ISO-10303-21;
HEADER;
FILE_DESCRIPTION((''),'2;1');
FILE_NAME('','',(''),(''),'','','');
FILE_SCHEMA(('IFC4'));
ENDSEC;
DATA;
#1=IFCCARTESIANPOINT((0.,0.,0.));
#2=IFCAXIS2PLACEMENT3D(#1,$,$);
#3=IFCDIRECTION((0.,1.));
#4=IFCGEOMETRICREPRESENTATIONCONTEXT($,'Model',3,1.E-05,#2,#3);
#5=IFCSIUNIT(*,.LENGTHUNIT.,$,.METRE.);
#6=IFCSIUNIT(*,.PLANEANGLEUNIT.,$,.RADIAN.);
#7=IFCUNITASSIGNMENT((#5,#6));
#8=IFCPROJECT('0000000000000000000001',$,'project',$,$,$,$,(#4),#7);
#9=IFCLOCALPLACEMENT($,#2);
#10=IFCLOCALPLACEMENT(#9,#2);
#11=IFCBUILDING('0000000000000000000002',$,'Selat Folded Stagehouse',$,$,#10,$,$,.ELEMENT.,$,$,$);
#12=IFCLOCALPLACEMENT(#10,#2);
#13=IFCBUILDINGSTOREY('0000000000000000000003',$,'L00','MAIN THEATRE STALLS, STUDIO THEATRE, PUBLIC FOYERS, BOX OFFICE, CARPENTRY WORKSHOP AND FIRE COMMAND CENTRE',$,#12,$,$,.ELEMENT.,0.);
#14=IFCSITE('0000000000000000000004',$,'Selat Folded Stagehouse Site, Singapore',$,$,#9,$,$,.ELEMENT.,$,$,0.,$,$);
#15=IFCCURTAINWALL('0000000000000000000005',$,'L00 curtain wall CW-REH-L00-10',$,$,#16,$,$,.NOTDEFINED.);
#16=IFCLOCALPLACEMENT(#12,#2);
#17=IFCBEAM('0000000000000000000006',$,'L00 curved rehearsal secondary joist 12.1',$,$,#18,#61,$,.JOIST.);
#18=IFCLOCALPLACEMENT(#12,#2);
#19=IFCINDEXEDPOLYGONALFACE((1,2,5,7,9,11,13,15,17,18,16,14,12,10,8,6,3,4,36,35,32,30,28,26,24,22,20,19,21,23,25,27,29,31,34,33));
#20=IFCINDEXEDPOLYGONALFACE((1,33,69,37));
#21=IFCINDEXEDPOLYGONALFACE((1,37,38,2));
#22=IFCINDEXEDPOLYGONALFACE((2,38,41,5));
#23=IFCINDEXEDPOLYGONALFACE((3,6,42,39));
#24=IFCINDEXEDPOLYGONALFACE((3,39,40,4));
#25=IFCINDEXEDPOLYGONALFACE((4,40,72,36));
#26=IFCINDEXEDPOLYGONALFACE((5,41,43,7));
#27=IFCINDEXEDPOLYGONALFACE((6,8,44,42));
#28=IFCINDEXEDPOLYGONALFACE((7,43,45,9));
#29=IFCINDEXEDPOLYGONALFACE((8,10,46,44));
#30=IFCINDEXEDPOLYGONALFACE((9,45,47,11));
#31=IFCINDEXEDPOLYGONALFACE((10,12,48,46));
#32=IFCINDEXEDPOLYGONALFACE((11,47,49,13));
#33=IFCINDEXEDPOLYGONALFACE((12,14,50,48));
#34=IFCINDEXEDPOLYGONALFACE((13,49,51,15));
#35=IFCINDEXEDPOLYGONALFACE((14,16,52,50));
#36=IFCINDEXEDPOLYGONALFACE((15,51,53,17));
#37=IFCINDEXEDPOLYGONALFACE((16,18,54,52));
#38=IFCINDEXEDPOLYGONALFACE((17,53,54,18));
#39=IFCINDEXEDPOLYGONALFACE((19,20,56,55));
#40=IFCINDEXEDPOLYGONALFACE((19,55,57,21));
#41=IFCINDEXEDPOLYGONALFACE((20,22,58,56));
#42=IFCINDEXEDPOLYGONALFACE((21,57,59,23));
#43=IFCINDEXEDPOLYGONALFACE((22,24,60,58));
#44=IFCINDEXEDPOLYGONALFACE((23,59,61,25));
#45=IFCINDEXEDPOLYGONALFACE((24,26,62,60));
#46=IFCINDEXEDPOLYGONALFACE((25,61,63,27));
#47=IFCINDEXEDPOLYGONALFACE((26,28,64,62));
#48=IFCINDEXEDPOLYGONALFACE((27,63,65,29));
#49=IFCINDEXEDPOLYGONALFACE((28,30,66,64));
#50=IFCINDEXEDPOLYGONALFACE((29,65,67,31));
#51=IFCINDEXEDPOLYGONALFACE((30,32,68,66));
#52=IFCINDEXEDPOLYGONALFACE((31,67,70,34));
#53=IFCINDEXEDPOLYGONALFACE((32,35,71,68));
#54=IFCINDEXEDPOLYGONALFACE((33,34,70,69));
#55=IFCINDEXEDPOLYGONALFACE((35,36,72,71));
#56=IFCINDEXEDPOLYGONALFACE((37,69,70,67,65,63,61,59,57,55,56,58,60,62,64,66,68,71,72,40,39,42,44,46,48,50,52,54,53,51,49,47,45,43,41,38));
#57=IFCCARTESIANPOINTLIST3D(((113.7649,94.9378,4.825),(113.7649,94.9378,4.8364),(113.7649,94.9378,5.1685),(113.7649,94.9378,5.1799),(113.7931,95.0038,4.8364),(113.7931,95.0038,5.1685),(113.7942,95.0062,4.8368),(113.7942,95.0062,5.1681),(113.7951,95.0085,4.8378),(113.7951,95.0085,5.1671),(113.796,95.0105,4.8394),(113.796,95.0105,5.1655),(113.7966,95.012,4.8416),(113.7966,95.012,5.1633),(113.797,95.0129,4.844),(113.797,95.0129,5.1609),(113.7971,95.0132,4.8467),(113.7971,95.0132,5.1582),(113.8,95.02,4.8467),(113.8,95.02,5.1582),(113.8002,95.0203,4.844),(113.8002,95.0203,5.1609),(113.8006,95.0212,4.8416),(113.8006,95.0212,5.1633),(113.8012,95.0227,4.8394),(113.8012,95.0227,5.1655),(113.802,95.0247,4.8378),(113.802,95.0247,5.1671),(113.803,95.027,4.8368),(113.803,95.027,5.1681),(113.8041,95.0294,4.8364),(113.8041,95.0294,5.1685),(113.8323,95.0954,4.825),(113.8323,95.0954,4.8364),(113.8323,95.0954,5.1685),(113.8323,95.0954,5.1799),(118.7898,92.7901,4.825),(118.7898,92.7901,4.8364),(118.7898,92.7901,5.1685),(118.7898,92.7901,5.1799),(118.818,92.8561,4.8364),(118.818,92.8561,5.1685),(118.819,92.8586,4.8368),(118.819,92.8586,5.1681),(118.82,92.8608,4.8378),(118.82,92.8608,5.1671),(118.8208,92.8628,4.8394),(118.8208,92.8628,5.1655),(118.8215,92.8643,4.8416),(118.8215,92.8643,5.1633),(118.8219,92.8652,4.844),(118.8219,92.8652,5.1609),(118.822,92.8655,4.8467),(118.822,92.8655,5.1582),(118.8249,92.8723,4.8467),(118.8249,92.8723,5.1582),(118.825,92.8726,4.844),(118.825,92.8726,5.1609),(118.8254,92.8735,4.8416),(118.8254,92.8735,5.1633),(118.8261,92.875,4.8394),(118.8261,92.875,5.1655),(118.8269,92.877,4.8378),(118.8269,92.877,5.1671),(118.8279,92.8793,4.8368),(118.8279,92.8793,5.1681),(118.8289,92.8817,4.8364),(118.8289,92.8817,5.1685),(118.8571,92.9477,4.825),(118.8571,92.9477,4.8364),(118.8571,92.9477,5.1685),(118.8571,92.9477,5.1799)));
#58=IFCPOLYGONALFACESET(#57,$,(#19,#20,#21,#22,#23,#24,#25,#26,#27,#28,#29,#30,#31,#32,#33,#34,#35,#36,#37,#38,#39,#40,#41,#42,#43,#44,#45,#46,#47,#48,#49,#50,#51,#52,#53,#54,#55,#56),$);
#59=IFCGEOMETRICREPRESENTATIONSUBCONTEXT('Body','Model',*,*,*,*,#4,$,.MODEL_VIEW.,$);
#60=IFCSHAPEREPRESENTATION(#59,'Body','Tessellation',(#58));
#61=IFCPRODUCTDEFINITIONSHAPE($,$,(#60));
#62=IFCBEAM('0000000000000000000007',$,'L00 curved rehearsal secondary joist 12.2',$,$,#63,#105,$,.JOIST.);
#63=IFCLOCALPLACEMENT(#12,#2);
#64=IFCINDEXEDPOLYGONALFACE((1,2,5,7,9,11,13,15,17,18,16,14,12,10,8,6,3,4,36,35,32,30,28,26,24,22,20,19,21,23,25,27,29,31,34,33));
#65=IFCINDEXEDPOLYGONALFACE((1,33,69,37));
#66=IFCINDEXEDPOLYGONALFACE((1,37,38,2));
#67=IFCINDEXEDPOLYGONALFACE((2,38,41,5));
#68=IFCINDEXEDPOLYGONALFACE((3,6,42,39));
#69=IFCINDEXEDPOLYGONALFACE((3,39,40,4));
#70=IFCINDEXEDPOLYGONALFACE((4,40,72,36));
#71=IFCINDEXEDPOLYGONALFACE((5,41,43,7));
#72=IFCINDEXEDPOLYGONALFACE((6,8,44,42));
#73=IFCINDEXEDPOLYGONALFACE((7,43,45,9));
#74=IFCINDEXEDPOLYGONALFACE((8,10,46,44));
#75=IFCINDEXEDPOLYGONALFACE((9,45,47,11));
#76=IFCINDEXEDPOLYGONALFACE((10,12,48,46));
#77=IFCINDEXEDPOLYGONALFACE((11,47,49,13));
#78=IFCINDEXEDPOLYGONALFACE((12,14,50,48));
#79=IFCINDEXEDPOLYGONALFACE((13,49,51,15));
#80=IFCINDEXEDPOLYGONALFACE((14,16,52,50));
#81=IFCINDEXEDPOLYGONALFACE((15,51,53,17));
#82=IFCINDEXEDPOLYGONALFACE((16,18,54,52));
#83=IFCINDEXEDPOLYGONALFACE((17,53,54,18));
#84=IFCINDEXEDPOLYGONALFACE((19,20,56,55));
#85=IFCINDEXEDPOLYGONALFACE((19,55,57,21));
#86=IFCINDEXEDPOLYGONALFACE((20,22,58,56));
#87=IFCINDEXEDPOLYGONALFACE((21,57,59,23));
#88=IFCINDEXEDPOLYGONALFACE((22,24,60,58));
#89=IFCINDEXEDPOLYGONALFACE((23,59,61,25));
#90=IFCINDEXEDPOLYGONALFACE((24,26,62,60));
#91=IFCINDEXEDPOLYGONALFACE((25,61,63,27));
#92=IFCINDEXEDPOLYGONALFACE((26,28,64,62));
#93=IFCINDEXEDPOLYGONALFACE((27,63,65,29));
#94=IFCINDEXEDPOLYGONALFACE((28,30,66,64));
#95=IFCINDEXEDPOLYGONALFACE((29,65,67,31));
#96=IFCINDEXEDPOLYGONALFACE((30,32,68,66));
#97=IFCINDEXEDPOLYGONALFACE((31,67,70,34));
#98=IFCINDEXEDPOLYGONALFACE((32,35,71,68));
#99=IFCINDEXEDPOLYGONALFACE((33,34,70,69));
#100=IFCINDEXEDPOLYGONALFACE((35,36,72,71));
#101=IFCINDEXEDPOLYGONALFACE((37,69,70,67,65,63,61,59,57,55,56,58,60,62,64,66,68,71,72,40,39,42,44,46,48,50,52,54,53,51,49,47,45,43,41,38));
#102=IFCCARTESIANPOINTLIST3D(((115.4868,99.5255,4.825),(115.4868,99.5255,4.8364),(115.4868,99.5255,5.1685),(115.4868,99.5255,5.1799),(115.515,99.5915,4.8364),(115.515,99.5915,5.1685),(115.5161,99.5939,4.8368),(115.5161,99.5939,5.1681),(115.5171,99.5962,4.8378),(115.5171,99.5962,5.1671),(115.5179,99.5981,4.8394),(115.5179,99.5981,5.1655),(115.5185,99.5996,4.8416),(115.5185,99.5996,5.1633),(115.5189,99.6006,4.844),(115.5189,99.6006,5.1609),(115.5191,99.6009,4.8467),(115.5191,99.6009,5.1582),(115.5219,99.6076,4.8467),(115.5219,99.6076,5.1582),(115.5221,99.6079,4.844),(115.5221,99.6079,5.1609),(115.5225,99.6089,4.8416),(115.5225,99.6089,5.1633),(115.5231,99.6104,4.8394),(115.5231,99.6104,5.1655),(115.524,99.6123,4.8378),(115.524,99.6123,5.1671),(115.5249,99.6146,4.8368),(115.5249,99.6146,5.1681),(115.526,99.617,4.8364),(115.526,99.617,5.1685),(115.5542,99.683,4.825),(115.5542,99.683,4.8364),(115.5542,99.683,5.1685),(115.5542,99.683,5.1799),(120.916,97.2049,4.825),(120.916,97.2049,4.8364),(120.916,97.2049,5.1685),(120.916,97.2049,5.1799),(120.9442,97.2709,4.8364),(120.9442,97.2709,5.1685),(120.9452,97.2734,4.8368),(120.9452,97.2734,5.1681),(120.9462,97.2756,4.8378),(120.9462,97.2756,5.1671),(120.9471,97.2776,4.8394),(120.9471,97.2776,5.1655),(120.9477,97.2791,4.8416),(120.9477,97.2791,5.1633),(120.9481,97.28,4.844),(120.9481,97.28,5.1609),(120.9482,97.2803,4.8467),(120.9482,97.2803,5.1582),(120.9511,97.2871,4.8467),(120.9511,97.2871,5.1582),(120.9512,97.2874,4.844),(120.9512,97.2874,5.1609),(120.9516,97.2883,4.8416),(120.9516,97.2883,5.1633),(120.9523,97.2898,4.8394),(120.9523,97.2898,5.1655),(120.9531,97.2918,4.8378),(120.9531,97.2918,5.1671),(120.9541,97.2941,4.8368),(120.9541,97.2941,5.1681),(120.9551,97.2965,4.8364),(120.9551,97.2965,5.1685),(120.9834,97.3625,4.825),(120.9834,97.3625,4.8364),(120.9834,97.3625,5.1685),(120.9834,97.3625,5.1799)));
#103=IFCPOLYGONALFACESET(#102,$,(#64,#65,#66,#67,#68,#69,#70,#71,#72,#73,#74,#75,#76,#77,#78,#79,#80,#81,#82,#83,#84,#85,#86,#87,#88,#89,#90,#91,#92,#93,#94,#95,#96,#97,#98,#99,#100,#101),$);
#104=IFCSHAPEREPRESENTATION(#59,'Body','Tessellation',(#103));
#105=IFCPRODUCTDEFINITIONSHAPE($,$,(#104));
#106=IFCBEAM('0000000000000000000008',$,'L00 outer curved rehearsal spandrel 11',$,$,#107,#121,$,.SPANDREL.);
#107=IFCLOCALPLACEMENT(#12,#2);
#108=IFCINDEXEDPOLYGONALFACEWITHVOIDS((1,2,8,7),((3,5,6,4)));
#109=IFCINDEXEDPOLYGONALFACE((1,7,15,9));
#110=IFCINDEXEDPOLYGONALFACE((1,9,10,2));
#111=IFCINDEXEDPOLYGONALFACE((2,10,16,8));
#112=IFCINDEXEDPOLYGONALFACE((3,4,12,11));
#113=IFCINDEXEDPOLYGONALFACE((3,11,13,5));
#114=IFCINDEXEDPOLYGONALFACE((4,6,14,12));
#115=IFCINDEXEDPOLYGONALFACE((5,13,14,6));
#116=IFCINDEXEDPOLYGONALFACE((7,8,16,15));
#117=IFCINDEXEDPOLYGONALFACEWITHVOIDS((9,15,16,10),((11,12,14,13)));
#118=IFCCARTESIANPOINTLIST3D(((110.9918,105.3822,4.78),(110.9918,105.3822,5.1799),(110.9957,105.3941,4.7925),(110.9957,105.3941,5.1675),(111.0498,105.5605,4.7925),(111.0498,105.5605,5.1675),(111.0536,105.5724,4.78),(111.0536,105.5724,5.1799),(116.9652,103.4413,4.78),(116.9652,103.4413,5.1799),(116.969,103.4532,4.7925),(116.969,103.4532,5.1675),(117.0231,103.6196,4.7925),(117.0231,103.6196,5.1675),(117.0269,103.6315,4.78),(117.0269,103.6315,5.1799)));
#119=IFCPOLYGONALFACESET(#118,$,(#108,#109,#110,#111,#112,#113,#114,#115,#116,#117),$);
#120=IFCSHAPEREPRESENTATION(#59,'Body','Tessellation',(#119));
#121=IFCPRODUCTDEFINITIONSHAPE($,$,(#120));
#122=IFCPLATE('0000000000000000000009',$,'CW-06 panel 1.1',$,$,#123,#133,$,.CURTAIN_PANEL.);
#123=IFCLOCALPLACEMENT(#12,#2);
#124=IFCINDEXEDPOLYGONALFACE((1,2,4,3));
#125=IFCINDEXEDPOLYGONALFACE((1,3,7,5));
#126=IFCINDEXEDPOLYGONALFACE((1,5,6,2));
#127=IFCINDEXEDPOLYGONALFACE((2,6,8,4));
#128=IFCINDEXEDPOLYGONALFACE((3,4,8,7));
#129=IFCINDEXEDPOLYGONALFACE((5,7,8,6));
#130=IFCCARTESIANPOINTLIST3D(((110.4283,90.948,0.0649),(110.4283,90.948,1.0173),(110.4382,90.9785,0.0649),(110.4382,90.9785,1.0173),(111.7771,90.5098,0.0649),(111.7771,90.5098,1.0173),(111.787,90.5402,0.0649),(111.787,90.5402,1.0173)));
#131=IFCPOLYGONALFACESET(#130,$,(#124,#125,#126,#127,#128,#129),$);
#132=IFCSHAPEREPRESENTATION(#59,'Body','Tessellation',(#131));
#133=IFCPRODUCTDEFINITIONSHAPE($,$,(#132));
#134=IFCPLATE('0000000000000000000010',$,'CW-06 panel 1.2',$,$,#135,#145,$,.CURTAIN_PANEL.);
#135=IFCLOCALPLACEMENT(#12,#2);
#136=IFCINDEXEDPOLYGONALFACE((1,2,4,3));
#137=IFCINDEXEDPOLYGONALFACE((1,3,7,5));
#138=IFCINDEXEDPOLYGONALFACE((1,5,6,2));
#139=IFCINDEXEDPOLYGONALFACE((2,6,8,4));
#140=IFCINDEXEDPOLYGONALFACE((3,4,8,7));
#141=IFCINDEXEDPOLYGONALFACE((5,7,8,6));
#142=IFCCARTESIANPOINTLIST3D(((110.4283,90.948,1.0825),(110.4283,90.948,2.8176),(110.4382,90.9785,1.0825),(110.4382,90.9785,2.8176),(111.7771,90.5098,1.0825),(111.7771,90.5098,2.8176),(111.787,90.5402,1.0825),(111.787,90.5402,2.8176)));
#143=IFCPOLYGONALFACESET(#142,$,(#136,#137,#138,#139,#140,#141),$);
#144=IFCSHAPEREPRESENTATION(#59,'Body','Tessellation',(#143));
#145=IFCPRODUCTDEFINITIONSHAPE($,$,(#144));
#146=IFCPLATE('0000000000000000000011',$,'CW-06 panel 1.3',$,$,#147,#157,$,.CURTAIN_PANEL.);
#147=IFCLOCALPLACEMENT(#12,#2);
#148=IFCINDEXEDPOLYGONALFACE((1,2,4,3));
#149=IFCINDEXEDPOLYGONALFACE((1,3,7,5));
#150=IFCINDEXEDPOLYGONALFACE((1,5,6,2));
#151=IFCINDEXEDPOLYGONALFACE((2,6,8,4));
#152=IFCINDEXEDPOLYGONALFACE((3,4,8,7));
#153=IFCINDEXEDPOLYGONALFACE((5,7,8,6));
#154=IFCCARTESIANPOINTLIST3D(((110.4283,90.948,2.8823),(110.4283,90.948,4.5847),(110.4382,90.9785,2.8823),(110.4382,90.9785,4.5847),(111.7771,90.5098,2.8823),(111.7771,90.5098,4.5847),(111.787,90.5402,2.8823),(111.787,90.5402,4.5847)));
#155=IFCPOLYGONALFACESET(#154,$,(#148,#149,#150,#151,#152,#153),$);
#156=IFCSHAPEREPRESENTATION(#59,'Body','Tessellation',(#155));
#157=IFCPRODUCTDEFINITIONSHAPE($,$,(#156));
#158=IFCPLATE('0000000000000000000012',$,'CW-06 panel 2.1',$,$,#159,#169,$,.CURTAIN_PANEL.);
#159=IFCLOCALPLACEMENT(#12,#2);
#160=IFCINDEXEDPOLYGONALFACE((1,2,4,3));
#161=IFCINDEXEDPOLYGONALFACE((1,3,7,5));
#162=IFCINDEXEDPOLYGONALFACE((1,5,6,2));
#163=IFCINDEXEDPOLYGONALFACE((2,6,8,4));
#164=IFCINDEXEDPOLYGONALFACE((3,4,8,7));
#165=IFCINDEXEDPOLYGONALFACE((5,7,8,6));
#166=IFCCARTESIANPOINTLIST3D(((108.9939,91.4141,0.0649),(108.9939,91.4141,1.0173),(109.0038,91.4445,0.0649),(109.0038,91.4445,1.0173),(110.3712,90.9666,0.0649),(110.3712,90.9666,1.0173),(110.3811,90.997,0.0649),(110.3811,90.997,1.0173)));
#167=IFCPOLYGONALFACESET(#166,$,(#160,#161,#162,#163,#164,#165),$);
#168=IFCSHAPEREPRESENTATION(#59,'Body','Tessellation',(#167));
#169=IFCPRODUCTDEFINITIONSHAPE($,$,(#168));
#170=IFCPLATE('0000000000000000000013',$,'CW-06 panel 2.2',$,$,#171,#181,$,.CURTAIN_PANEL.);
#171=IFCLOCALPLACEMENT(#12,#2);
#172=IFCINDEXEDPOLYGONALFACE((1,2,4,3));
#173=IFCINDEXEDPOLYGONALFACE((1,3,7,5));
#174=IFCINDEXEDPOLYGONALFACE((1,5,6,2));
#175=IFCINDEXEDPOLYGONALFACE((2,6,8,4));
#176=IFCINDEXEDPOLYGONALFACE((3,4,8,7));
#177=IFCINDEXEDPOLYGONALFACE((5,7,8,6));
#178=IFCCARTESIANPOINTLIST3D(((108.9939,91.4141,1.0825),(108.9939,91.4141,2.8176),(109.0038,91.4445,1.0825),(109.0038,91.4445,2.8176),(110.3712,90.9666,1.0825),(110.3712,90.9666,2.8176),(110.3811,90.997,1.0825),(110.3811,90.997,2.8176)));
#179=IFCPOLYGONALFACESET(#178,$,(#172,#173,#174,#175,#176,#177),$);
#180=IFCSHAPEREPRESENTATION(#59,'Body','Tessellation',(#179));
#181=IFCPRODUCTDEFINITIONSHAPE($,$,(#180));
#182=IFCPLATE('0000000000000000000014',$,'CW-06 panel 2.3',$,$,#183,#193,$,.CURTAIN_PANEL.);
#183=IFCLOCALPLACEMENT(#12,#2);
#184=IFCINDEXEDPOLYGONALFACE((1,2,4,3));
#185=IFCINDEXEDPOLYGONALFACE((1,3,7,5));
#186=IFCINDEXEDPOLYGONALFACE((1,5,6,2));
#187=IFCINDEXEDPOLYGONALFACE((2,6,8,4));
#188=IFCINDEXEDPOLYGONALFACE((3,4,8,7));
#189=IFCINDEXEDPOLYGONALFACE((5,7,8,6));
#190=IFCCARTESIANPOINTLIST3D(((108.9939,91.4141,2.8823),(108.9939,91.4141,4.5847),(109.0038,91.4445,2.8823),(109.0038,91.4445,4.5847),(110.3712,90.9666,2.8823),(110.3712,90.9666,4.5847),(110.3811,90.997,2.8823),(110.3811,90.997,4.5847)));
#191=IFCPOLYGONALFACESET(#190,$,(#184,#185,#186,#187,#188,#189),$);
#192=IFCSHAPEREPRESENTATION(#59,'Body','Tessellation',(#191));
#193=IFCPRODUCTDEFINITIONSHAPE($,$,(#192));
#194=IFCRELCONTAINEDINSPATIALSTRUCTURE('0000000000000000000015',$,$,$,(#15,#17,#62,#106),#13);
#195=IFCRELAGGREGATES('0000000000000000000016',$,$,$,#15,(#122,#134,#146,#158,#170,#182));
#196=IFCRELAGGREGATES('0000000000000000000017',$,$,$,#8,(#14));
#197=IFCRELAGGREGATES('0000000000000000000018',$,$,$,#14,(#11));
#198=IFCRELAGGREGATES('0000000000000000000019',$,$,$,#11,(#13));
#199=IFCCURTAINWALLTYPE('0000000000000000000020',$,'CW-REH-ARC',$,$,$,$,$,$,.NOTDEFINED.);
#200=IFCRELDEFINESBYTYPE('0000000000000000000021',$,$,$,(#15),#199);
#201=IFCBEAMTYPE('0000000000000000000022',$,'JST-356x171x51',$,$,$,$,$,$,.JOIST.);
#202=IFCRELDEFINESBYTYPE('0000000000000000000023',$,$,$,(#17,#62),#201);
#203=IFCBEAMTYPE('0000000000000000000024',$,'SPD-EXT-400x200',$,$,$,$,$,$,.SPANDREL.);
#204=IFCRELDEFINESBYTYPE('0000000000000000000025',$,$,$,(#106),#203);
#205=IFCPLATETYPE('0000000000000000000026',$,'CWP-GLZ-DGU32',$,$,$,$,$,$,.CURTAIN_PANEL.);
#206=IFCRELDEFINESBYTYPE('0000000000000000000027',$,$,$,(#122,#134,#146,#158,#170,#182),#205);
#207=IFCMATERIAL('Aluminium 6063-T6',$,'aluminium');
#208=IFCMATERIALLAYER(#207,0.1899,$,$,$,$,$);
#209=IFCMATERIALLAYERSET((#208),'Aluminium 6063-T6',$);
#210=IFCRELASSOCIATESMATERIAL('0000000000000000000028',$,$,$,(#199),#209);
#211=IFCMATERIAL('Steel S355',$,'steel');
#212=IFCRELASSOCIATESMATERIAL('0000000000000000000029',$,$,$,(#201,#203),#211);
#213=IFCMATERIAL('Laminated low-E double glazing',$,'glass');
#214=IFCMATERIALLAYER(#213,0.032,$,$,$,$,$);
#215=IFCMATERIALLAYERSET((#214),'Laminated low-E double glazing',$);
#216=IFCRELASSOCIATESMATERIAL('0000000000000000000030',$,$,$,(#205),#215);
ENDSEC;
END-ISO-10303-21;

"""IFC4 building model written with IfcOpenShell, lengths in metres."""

from ifc_helpers import new_model, si_unit, direction, frame, origin, origin_2d, place, context, subcontext, project, spatial, rectangle, hollow_rectangle, i_section, extrude, material, layer, layer_set, material_profile, profile_set, type_object, element, aggregate, save


model = new_model("IFC4")

# Units and contexts
model_context = context("Model", 3, precision=1e-05, world=origin(), true_north=direction((0.0, 1.0)))
body_context = subcontext(model_context, "Body", "Model", "MODEL_VIEW")
ifc_project = project(units=[si_unit("LENGTHUNIT", "METRE"), si_unit("PLANEANGLEUNIT", "RADIAN")], contexts=[model_context])

# Site, building, storey
site_placement = place(None, origin())
site = spatial("IfcSite", under=ifc_project, at=site_placement, Name="Selat Folded Stagehouse Site, Singapore", CompositionType="ELEMENT", RefElevation=0.0)
building_placement = place(site_placement, origin())
building = spatial("IfcBuilding", under=site, at=building_placement, Name="Selat Folded Stagehouse", CompositionType="ELEMENT")
storey_placement = place(building_placement, origin())
storey = spatial("IfcBuildingStorey", under=building, at=storey_placement, Name="L00", Description="MAIN THEATRE STALLS, STUDIO THEATRE, PUBLIC FOYERS, BOX OFFICE, CARPENTRY WORKSHOP AND FIRE COMMAND CENTRE", CompositionType="ELEMENT", Elevation=0.0)

# Shared definitions
ifc_material_1 = material(Name="Steel S355", Category="steel")

# Curtain wall
ifc_material_2 = material(Name="Aluminium 6063-T6", Category="aluminium")
ifc_layer_1 = layer(ifc_material_2, 0.1899)
ifc_layer_set_1 = layer_set([ifc_layer_1], Name="Aluminium 6063-T6")
curtain_wall_type = type_object("IfcCurtainWallType", Name="CW-REH-ARC", PredefinedType="NOTDEFINED", material=ifc_layer_set_1)
curtain_wall_placement = place(storey_placement, origin())
curtain_wall = element("IfcCurtainWall", 1, at=curtain_wall_placement, inside=storey, type_object=curtain_wall_type, Name="L00 curtain wall CW-REH-L00-10", PredefinedType="NOTDEFINED")

# Beams
ifc_material_profile_1 = material_profile(ifc_material_1, i_section(OverallWidth=0.1714, OverallDepth=0.355, WebThickness=0.0073, FlangeThickness=0.0115, FilletRadius=0.0103, at=origin_2d()), Name="UKB 356x171x51")
ifc_profile_set_1 = profile_set([ifc_material_profile_1], Name="Steel S355")
beam_type_1 = type_object("IfcBeamType", Name="JST-356x171x51", PredefinedType="JOIST", material=ifc_profile_set_1)
beam_1_placement = place(storey_placement, frame((113.7986, 95.0166, 5.0024), z_axis=(0.919531, -0.393019, 0.0), x_axis=(0.393019, 0.919531, 0.0)))
element("IfcBeam", 2, at=beam_1_placement, inside=storey, type_object=beam_type_1, Name="L00 curved rehearsal secondary joist 12.1", PredefinedType="JOIST", context=body_context, shape_type="SweptSolid", body=[
    extrude(i_section(OverallWidth=0.1714, OverallDepth=0.355, WebThickness=0.0073, FlangeThickness=0.0115, FilletRadius=0.0103, at=origin_2d()), origin(), (0.0, 0.0, 1.0), 5.4646),
])
beam_2_placement = place(storey_placement, frame((115.5205, 99.6042, 5.0024), z_axis=(0.919527, -0.393026, 0.0), x_axis=(0.393026, 0.919527, 0.0)))
element("IfcBeam", 3, at=beam_2_placement, inside=storey, type_object=beam_type_1, Name="L00 curved rehearsal secondary joist 12.2", PredefinedType="JOIST", context=body_context, shape_type="SweptSolid", body=[
    extrude(i_section(OverallWidth=0.1714, OverallDepth=0.355, WebThickness=0.0073, FlangeThickness=0.0115, FilletRadius=0.0103, at=origin_2d()), origin(), (0.0, 0.0, 1.0), 5.9043),
])
ifc_material_profile_2 = material_profile(ifc_material_1, hollow_rectangle(XDim=0.2, YDim=0.3999, WallThickness=0.0125, at=origin_2d()), Name="RHS 400x200x12.5")
ifc_profile_set_2 = profile_set([ifc_material_profile_2], Name="Steel S355")
beam_type_2 = type_object("IfcBeamType", Name="SPD-EXT-400x200", PredefinedType="SPANDREL", material=ifc_profile_set_2)
beam_3_placement = place(storey_placement, frame((111.0227, 105.4773, 4.98), z_axis=(0.951054, -0.309024, 0.0), x_axis=(0.309024, 0.951054, 0.0)))
element("IfcBeam", 4, at=beam_3_placement, inside=storey, type_object=beam_type_2, Name="L00 outer curved rehearsal spandrel 11", PredefinedType="SPANDREL", context=body_context, shape_type="SweptSolid", body=[
    extrude(hollow_rectangle(XDim=0.2, YDim=0.3999, WallThickness=0.0125, at=origin_2d()), origin(), (0.0, 0.0, 1.0), 6.2808),
])

# Plates
ifc_material_3 = material(Name="Laminated low-E double glazing", Category="glass")
ifc_layer_2 = layer(ifc_material_3, 0.032)
ifc_layer_set_2 = layer_set([ifc_layer_2], Name="Laminated low-E double glazing")
plate_type = type_object("IfcPlateType", Name="CWP-GLZ-DGU32", PredefinedType="CURTAIN_PANEL", material=ifc_layer_set_2)
plate_1_placement = place(storey_placement, frame((111.1077, 90.7441, 0.0649), z_axis=(0.0, 0.0, 1.0), x_axis=(-0.951065, 0.308992, 0.0)))
plate_1 = element("IfcPlate", 5, at=plate_1_placement, type_object=plate_type, Name="CW-06 panel 1.1", PredefinedType="CURTAIN_PANEL", context=body_context, shape_type="SweptSolid", body=[
    extrude(rectangle(XDim=1.4182, YDim=0.032, at=origin_2d()), origin(), (0.0, 0.0, 1.0), 0.9524),
])
plate_2_placement = place(storey_placement, frame((111.1077, 90.7441, 1.0825), z_axis=(0.0, 0.0, 1.0), x_axis=(-0.951065, 0.308992, 0.0)))
plate_2 = element("IfcPlate", 6, at=plate_2_placement, type_object=plate_type, Name="CW-06 panel 1.2", PredefinedType="CURTAIN_PANEL", context=body_context, shape_type="SweptSolid", body=[
    extrude(rectangle(XDim=1.4182, YDim=0.032, at=origin_2d()), origin(), (0.0, 0.0, 1.0), 1.7351),
])
plate_3_placement = place(storey_placement, frame((111.1077, 90.7441, 2.8823), z_axis=(0.0, 0.0, 1.0), x_axis=(-0.951065, 0.308992, 0.0)))
plate_3 = element("IfcPlate", 7, at=plate_3_placement, type_object=plate_type, Name="CW-06 panel 1.3", PredefinedType="CURTAIN_PANEL", context=body_context, shape_type="SweptSolid", body=[
    extrude(rectangle(XDim=1.4182, YDim=0.032, at=origin_2d()), origin(), (0.0, 0.0, 1.0), 1.7024),
])
plate_4_placement = place(storey_placement, frame((109.6875, 91.2056, 0.0649), z_axis=(0.0, 0.0, 1.0), x_axis=(-0.951065, 0.308992, 0.0)))
plate_4 = element("IfcPlate", 8, at=plate_4_placement, type_object=plate_type, Name="CW-06 panel 2.1", PredefinedType="CURTAIN_PANEL", context=body_context, shape_type="SweptSolid", body=[
    extrude(rectangle(XDim=1.4482, YDim=0.032, at=origin_2d()), origin(), (0.0, 0.0, 1.0), 0.9524),
])
plate_5_placement = place(storey_placement, frame((109.6875, 91.2056, 1.0825), z_axis=(0.0, 0.0, 1.0), x_axis=(-0.951065, 0.308992, 0.0)))
plate_5 = element("IfcPlate", 9, at=plate_5_placement, type_object=plate_type, Name="CW-06 panel 2.2", PredefinedType="CURTAIN_PANEL", context=body_context, shape_type="SweptSolid", body=[
    extrude(rectangle(XDim=1.4482, YDim=0.032, at=origin_2d()), origin(), (0.0, 0.0, 1.0), 1.7351),
])
plate_6_placement = place(storey_placement, frame((109.6875, 91.2056, 2.8823), z_axis=(0.0, 0.0, 1.0), x_axis=(-0.951065, 0.308992, 0.0)))
plate_6 = element("IfcPlate", 10, at=plate_6_placement, type_object=plate_type, Name="CW-06 panel 2.3", PredefinedType="CURTAIN_PANEL", context=body_context, shape_type="SweptSolid", body=[
    extrude(rectangle(XDim=1.4482, YDim=0.032, at=origin_2d()), origin(), (0.0, 0.0, 1.0), 1.7024),
])
aggregate(curtain_wall, [plate_1, plate_2, plate_3, plate_4, plate_5, plate_6])

save(model, "model.ifc")
